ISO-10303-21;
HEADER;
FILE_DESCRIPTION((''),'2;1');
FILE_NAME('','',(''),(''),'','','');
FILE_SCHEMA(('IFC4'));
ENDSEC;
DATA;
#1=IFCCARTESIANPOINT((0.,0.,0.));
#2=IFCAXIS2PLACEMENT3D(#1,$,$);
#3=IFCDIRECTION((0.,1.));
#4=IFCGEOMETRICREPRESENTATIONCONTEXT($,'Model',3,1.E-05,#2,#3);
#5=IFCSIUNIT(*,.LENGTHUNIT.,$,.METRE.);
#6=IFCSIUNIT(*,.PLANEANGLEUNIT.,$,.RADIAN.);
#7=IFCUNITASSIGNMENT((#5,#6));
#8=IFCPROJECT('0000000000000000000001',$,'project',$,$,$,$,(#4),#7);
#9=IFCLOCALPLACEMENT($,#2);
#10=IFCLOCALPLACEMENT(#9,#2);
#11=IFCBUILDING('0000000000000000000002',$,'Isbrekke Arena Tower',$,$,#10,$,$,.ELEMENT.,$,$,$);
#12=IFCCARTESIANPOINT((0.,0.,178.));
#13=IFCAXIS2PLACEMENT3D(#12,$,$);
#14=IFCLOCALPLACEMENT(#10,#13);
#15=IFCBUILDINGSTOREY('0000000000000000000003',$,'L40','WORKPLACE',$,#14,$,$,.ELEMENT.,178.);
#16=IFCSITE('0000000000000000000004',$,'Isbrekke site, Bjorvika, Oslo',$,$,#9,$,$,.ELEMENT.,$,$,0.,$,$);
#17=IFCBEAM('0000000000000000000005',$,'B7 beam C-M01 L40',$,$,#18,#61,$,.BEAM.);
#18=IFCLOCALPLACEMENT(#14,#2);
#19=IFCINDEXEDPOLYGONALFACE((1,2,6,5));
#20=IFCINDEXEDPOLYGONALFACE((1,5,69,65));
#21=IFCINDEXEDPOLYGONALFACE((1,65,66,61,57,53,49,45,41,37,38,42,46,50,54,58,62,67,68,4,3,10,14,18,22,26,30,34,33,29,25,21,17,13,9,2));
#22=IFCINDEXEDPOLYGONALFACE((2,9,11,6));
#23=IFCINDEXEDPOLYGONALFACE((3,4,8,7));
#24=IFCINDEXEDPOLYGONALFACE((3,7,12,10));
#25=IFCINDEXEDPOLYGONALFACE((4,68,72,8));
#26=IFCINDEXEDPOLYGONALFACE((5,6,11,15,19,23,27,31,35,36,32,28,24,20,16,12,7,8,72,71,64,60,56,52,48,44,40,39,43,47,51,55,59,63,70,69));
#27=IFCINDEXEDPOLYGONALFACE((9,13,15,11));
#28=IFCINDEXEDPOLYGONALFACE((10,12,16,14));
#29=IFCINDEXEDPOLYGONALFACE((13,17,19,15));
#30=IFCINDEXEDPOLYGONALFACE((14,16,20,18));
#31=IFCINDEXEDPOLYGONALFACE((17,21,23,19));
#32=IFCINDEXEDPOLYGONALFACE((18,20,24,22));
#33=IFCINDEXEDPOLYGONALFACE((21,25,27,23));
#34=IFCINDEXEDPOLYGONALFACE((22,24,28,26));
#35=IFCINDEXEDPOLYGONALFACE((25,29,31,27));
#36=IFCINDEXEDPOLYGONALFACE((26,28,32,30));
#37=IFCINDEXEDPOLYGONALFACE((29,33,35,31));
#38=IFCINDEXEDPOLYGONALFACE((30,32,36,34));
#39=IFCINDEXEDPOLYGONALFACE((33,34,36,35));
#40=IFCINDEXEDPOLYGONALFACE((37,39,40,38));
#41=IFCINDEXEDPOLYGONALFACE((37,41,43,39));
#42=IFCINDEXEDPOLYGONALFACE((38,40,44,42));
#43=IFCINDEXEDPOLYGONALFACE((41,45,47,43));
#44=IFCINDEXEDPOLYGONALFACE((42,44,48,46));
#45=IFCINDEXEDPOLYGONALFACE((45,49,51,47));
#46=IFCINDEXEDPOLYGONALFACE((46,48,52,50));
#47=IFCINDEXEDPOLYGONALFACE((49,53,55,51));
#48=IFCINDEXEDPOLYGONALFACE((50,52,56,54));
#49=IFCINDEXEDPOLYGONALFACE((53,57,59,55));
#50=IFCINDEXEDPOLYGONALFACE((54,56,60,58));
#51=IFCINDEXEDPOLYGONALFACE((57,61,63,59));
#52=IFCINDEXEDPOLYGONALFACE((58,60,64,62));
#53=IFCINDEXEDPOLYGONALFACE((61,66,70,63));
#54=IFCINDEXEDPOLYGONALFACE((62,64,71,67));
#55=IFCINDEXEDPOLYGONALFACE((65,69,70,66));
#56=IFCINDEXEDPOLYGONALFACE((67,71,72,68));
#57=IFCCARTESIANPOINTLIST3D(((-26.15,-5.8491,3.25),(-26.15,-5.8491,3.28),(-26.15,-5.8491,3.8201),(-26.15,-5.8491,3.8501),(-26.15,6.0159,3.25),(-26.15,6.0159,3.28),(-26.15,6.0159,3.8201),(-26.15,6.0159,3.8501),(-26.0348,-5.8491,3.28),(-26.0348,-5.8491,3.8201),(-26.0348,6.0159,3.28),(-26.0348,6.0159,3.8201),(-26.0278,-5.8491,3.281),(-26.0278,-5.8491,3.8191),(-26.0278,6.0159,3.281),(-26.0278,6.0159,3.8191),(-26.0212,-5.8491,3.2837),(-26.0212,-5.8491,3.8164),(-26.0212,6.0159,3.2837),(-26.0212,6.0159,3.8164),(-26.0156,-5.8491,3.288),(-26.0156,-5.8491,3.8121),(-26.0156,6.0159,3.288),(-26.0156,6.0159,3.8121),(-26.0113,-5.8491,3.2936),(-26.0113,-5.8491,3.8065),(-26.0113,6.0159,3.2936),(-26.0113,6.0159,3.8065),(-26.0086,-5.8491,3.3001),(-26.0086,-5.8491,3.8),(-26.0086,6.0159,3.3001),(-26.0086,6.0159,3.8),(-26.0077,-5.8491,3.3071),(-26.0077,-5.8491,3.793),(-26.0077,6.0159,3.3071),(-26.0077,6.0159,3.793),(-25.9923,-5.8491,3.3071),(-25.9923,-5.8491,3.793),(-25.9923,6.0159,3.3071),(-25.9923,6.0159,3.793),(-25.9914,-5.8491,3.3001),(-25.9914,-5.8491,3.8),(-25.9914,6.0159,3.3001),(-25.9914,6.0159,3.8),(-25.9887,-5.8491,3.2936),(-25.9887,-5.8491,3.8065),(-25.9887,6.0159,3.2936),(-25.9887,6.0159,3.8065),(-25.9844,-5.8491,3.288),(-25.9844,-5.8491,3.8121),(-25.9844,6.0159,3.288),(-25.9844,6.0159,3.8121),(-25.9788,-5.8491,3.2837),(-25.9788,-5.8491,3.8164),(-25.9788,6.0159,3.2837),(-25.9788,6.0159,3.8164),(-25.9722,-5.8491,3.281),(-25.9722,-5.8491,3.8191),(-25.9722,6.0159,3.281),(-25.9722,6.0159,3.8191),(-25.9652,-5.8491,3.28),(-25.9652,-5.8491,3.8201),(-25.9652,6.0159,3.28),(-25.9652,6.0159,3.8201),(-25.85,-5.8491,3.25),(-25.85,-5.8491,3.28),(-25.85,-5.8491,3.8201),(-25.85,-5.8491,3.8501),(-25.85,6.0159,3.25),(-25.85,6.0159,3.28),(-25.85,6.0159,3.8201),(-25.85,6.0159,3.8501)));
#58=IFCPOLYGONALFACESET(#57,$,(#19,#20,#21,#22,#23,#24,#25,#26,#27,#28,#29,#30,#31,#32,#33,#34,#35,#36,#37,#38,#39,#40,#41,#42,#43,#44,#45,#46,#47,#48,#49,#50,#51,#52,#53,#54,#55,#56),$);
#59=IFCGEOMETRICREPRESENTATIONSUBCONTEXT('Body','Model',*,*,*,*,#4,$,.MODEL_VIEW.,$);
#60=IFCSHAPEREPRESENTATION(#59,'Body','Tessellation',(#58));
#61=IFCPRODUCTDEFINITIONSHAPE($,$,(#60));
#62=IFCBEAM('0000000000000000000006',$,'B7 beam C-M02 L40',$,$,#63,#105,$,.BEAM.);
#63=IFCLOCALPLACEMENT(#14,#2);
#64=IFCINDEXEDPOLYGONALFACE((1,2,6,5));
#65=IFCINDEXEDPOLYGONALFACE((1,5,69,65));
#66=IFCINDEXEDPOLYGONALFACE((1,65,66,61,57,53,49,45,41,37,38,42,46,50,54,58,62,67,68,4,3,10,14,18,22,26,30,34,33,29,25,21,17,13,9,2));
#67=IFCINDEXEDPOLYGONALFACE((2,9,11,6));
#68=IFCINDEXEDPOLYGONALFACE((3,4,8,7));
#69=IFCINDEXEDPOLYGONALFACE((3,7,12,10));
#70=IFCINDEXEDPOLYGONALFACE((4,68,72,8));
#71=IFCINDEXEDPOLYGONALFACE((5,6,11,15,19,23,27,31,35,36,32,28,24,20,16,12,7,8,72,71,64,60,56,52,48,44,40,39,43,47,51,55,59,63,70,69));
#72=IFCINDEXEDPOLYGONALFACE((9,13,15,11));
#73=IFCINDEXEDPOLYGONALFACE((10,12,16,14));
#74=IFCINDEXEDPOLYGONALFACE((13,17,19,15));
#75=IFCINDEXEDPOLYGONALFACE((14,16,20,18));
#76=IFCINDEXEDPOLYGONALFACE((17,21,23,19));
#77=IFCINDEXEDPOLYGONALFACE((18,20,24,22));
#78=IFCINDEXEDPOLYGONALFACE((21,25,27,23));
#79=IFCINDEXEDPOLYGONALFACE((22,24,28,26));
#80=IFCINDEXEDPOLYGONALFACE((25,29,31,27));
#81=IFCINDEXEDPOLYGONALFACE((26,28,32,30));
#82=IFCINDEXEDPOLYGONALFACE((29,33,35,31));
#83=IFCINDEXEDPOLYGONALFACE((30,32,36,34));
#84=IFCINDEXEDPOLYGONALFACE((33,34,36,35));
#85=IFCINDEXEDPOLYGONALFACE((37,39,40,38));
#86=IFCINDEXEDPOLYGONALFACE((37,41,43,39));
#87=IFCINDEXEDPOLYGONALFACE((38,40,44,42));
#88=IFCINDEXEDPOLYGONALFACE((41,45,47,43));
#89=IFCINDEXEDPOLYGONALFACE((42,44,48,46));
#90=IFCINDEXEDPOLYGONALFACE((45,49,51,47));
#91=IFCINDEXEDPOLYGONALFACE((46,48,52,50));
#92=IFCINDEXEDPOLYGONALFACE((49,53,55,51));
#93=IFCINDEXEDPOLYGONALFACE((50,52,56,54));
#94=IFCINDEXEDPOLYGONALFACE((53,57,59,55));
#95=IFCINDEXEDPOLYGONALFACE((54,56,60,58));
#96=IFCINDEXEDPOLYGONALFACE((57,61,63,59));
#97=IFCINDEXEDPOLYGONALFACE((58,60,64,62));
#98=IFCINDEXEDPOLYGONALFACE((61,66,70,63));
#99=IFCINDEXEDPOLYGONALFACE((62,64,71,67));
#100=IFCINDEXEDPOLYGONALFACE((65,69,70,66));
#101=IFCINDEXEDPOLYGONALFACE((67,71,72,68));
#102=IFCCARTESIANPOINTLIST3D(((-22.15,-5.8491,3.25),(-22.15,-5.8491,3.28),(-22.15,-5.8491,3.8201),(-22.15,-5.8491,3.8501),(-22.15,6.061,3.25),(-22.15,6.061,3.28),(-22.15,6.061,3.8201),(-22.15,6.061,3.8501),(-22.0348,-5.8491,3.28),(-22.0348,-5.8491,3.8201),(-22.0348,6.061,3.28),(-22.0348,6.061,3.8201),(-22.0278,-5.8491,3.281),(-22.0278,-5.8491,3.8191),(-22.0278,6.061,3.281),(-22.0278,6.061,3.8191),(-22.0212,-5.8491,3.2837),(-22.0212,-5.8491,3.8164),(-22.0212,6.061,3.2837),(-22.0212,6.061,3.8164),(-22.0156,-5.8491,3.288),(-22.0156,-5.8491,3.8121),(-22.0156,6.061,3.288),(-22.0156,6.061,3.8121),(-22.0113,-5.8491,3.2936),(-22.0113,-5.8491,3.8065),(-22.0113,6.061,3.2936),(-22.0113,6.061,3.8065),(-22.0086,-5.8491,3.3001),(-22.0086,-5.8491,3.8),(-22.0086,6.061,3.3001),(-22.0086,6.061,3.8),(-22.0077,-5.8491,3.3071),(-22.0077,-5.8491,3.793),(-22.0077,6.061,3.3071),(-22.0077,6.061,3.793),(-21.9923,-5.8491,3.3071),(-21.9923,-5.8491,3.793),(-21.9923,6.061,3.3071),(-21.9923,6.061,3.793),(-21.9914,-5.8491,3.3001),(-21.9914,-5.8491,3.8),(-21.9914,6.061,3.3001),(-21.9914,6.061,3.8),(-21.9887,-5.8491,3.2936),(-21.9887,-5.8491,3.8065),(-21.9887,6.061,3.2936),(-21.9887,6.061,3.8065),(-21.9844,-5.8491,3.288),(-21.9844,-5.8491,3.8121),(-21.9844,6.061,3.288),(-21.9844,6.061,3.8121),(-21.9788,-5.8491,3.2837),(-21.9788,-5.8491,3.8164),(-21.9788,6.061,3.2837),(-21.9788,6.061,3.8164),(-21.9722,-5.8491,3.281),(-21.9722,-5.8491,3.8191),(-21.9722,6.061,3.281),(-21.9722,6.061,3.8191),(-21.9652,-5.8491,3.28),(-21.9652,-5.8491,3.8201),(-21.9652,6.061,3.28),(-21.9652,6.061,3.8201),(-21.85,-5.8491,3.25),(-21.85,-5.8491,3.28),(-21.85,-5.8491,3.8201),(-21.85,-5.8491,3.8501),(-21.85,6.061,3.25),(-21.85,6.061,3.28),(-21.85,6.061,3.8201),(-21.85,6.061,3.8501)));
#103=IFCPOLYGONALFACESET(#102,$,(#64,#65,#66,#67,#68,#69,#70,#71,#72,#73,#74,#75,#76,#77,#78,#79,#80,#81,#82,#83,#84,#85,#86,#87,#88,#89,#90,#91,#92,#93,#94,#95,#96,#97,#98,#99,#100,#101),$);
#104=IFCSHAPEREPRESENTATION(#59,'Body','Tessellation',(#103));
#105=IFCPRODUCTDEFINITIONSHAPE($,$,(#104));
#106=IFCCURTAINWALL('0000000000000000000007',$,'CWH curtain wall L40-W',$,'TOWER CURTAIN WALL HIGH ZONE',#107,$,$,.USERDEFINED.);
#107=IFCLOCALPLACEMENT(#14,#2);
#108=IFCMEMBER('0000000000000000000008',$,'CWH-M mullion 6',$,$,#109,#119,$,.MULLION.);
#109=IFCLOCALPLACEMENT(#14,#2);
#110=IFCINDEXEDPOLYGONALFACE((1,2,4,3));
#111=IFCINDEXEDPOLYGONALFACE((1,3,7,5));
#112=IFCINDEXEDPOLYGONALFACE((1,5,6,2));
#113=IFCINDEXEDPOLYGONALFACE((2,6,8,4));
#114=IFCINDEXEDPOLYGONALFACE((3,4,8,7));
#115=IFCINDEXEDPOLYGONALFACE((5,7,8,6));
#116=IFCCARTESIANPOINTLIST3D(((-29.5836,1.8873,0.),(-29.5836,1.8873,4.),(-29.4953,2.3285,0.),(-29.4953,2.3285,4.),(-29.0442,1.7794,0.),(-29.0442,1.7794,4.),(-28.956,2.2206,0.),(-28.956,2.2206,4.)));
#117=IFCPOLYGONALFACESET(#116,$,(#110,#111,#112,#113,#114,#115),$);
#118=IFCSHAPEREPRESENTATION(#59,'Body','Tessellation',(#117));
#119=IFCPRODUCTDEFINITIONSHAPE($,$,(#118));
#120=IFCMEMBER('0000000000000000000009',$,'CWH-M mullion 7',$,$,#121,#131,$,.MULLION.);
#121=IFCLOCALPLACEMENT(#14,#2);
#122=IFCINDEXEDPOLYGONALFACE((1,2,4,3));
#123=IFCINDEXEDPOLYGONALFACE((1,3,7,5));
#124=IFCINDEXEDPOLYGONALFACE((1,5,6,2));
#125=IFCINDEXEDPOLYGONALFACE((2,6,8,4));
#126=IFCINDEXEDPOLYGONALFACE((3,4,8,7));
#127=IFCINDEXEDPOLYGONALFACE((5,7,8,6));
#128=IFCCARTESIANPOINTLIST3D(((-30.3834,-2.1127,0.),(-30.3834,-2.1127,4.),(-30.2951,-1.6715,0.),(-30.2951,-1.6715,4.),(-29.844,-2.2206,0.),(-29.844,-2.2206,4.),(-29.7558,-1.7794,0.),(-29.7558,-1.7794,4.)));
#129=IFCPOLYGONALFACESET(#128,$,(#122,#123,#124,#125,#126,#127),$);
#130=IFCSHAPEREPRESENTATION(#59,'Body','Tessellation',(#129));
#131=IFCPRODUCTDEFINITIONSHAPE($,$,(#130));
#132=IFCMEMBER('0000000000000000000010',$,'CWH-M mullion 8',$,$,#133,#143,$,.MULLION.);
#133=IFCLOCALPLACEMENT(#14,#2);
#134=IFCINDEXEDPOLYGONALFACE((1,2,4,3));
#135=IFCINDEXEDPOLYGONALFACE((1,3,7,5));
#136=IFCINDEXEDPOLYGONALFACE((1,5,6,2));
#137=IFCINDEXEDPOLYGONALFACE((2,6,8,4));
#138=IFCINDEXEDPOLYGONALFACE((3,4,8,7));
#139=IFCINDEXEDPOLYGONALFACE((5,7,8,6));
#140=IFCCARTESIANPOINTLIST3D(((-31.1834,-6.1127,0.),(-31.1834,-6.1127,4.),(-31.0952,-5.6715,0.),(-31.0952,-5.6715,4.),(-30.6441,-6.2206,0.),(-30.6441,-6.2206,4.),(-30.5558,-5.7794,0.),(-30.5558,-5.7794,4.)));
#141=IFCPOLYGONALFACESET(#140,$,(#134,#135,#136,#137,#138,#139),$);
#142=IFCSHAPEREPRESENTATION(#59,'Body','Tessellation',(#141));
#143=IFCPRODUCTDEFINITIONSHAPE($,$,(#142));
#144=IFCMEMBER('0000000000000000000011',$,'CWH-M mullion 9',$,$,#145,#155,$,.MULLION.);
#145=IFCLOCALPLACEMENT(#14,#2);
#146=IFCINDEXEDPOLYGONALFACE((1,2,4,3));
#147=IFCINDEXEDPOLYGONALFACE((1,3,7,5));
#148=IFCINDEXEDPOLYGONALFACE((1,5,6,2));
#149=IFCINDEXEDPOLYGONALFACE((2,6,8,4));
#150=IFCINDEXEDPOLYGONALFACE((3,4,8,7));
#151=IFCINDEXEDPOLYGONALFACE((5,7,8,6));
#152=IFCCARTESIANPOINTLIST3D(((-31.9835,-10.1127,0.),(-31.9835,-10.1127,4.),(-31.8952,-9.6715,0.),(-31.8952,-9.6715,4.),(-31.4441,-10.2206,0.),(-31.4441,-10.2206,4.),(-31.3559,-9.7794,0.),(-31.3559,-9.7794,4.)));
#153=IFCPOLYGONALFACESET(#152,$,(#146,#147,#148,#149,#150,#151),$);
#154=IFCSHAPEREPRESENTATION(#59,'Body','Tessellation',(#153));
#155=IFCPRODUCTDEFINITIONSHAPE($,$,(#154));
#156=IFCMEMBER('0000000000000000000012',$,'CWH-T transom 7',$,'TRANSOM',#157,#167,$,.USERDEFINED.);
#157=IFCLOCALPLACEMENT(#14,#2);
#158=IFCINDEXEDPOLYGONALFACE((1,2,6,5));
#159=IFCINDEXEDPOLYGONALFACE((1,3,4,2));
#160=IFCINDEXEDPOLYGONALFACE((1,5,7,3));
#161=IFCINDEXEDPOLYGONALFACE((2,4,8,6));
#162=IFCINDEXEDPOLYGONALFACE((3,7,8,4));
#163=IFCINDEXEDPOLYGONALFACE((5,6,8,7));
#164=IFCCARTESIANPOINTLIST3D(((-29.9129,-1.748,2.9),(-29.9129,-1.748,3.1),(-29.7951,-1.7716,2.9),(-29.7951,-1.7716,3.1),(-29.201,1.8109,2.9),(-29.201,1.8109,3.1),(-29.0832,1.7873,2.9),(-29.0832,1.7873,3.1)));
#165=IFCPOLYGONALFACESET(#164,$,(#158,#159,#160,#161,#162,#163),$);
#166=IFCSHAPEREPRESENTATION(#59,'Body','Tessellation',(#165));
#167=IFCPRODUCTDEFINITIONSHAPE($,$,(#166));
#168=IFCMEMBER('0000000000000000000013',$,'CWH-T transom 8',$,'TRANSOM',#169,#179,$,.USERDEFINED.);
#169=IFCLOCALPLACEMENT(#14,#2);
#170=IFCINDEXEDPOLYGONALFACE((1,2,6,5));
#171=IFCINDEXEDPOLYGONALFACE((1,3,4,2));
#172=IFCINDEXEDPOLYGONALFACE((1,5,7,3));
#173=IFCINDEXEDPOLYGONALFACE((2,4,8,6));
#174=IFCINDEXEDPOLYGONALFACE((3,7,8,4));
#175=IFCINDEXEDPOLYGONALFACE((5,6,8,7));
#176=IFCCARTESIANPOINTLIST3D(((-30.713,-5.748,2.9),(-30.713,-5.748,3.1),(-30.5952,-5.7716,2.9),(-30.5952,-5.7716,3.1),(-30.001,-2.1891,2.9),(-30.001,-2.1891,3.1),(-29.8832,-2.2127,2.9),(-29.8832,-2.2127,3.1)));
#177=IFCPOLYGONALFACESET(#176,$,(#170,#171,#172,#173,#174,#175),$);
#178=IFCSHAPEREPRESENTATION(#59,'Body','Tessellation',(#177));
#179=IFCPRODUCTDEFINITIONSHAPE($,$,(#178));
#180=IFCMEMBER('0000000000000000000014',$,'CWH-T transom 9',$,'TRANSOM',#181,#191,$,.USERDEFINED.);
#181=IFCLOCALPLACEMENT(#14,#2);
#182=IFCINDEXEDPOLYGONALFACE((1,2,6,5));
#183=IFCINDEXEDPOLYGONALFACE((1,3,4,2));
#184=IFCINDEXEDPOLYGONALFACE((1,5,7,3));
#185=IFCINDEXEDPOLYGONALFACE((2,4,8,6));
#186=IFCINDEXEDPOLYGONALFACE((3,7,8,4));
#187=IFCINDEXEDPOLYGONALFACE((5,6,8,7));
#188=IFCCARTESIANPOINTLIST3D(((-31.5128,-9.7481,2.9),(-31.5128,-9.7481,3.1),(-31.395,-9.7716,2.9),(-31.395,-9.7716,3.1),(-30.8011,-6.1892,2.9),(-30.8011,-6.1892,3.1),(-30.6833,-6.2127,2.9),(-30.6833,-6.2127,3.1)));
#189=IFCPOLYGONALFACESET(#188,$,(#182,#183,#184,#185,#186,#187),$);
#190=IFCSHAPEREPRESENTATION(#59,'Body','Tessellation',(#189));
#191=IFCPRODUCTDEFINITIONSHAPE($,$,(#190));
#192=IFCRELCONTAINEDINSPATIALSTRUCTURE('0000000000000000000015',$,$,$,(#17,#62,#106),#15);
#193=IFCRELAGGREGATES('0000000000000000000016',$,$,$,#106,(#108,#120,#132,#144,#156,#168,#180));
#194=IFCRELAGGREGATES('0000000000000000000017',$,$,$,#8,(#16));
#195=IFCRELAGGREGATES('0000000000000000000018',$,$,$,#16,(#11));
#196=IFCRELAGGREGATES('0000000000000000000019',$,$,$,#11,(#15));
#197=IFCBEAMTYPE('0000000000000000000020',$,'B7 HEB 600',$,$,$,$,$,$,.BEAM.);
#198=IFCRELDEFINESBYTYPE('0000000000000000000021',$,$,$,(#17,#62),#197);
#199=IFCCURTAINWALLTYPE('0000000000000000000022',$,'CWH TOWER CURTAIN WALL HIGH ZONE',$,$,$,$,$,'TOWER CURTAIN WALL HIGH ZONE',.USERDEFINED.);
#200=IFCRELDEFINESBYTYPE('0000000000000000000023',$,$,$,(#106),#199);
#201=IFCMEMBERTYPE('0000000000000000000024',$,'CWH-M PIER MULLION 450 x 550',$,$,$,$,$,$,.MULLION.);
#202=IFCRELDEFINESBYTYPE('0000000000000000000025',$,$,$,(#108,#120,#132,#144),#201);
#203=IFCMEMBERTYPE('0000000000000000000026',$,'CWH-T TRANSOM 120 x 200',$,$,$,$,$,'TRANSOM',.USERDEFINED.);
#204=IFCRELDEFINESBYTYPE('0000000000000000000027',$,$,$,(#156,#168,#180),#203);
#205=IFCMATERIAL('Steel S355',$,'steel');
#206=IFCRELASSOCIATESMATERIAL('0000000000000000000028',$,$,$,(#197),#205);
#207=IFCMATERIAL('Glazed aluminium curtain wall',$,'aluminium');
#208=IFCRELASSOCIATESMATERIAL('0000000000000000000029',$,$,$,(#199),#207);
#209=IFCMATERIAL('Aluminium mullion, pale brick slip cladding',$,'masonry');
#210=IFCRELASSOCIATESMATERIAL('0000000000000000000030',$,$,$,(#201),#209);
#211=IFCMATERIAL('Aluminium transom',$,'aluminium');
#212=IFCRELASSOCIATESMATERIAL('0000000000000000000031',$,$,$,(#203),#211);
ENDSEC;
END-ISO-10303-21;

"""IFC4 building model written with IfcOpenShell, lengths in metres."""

from ifc_helpers import new_model, si_unit, direction, frame, origin, origin_2d, place, context, subcontext, project, spatial, rectangle, i_section, extrude, material, material_profile, profile_set, type_object, element, aggregate, save


model = new_model("IFC4")

# Units and contexts
model_context = context("Model", 3, precision=1e-05, world=origin(), true_north=direction((0.0, 1.0)))
body_context = subcontext(model_context, "Body", "Model", "MODEL_VIEW")
ifc_project = project(units=[si_unit("LENGTHUNIT", "METRE"), si_unit("PLANEANGLEUNIT", "RADIAN")], contexts=[model_context])

# Site, building, storey
site_placement = place(None, origin())
site = spatial("IfcSite", under=ifc_project, at=site_placement, Name="Isbrekke site, Bjorvika, Oslo", CompositionType="ELEMENT", RefElevation=0.0)
building_placement = place(site_placement, origin())
building = spatial("IfcBuilding", under=site, at=building_placement, Name="Isbrekke Arena Tower", CompositionType="ELEMENT")
storey_placement = place(building_placement, frame((0.0, 0.0, 178.0)))
storey = spatial("IfcBuildingStorey", under=building, at=storey_placement, Name="L40", Description="WORKPLACE", CompositionType="ELEMENT", Elevation=178.0)

# Beams
ifc_material_1 = material(Name="Steel S355", Category="steel")
ifc_material_profile_1 = material_profile(ifc_material_1, i_section(OverallWidth=0.3, OverallDepth=0.6001, WebThickness=0.0154, FlangeThickness=0.03, FilletRadius=0.0271, at=origin_2d()), Name="HEB 600")
ifc_profile_set_1 = profile_set([ifc_material_profile_1], Name="Steel S355")
beam_type_1 = type_object("IfcBeamType", Name="B7 HEB 600", PredefinedType="BEAM", material=ifc_profile_set_1)
beam_1_placement = place(storey_placement, frame((-26.0, -5.8491, 3.55), z_axis=(0.0, 1.0, 0.0), x_axis=(-1.0, 0.0, 0.0)))
element("IfcBeam", 1, at=beam_1_placement, inside=storey, type_object=beam_type_1, Name="B7 beam C-M01 L40", PredefinedType="BEAM", context=body_context, shape_type="SweptSolid", body=[
    extrude(i_section(OverallWidth=0.3, OverallDepth=0.6001, WebThickness=0.0154, FlangeThickness=0.03, FilletRadius=0.0271, at=origin_2d()), origin(), (0.0, 0.0, 1.0), 11.865),
])
beam_2_placement = place(storey_placement, frame((-22.0, -5.8491, 3.55), z_axis=(0.0, 1.0, 0.0), x_axis=(-1.0, 0.0, 0.0)))
element("IfcBeam", 2, at=beam_2_placement, inside=storey, type_object=beam_type_1, Name="B7 beam C-M02 L40", PredefinedType="BEAM", context=body_context, shape_type="SweptSolid", body=[
    extrude(i_section(OverallWidth=0.3, OverallDepth=0.6001, WebThickness=0.0154, FlangeThickness=0.03, FilletRadius=0.0271, at=origin_2d()), origin(), (0.0, 0.0, 1.0), 11.9102),
])

# Curtain wall, members
ifc_material_2 = material(Name="Glazed aluminium curtain wall", Category="aluminium")
curtain_wall_type = type_object("IfcCurtainWallType", Name="CWH TOWER CURTAIN WALL HIGH ZONE", ElementType="TOWER CURTAIN WALL HIGH ZONE", PredefinedType="USERDEFINED", material=ifc_material_2)
curtain_wall_placement = place(storey_placement, origin())
curtain_wall = element("IfcCurtainWall", 3, at=curtain_wall_placement, inside=storey, type_object=curtain_wall_type, Name="CWH curtain wall L40-W", ObjectType="TOWER CURTAIN WALL HIGH ZONE", PredefinedType="USERDEFINED")
ifc_material_3 = material(Name="Aluminium mullion, pale brick slip cladding", Category="masonry")
ifc_material_profile_2 = material_profile(ifc_material_3, rectangle(XDim=0.45, YDim=0.55, at=origin_2d()), Name="PIER 450X550")
ifc_profile_set_2 = profile_set([ifc_material_profile_2], Name="Aluminium mullion, pale brick slip cladding")
member_type_1 = type_object("IfcMemberType", Name="CWH-M PIER MULLION 450 x 550", PredefinedType="MULLION", material=ifc_profile_set_2)
member_1_placement = place(storey_placement, frame((-29.2698, 2.054, 0.0), z_axis=(0.0, 0.0, 1.0), x_axis=(-0.196116, -0.980581, 0.0)))
member_1 = element("IfcMember", 4, at=member_1_placement, type_object=member_type_1, Name="CWH-M mullion 6", PredefinedType="MULLION", context=body_context, shape_type="SweptSolid", body=[
    extrude(rectangle(XDim=0.45, YDim=0.55, at=origin_2d()), origin(), (0.0, 0.0, 1.0), 4.0),
])
member_2_placement = place(storey_placement, frame((-30.0696, -1.946, 0.0), z_axis=(0.0, 0.0, 1.0), x_axis=(-0.196116, -0.980581, 0.0)))
member_2 = element("IfcMember", 5, at=member_2_placement, type_object=member_type_1, Name="CWH-M mullion 7", PredefinedType="MULLION", context=body_context, shape_type="SweptSolid", body=[
    extrude(rectangle(XDim=0.45, YDim=0.55, at=origin_2d()), origin(), (0.0, 0.0, 1.0), 4.0),
])
member_3_placement = place(storey_placement, frame((-30.8696, -5.946, 0.0), z_axis=(0.0, 0.0, 1.0), x_axis=(-0.196116, -0.980581, 0.0)))
member_3 = element("IfcMember", 6, at=member_3_placement, type_object=member_type_1, Name="CWH-M mullion 8", PredefinedType="MULLION", context=body_context, shape_type="SweptSolid", body=[
    extrude(rectangle(XDim=0.45, YDim=0.55, at=origin_2d()), origin(), (0.0, 0.0, 1.0), 4.0),
])
member_4_placement = place(storey_placement, frame((-31.6697, -9.946, 0.0), z_axis=(0.0, 0.0, 1.0), x_axis=(-0.196116, -0.980581, 0.0)))
member_4 = element("IfcMember", 7, at=member_4_placement, type_object=member_type_1, Name="CWH-M mullion 9", PredefinedType="MULLION", context=body_context, shape_type="SweptSolid", body=[
    extrude(rectangle(XDim=0.45, YDim=0.55, at=origin_2d()), origin(), (0.0, 0.0, 1.0), 4.0),
])
ifc_material_4 = material(Name="Aluminium transom", Category="aluminium")
ifc_material_profile_3 = material_profile(ifc_material_4, rectangle(XDim=0.1201, YDim=0.2, at=origin_2d()), Name="TRANSOM 120X200")
ifc_profile_set_3 = profile_set([ifc_material_profile_3], Name="Aluminium transom")
member_type_2 = type_object("IfcMemberType", Name="CWH-T TRANSOM 120 x 200", ElementType="TRANSOM", PredefinedType="USERDEFINED", material=ifc_profile_set_3)
member_5_placement = place(storey_placement, frame((-29.1421, 1.7991, 3.0), z_axis=(-0.196155, -0.980573, 0.0), x_axis=(0.980573, -0.196155, 0.0)))
member_5 = element("IfcMember", 8, at=member_5_placement, type_object=member_type_2, Name="CWH-T transom 7", ObjectType="TRANSOM", PredefinedType="USERDEFINED", context=body_context, shape_type="SweptSolid", body=[
    extrude(rectangle(XDim=0.1201, YDim=0.2, at=origin_2d()), origin(), (0.0, 0.0, 1.0), 3.6294),
])
member_6_placement = place(storey_placement, frame((-29.9421, -2.2009, 3.0), z_axis=(-0.196155, -0.980573, 0.0), x_axis=(0.980573, -0.196155, 0.0)))
member_6 = element("IfcMember", 9, at=member_6_placement, type_object=member_type_2, Name="CWH-T transom 8", ObjectType="TRANSOM", PredefinedType="USERDEFINED", context=body_context, shape_type="SweptSolid", body=[
    extrude(rectangle(XDim=0.1201, YDim=0.2, at=origin_2d()), origin(), (0.0, 0.0, 1.0), 3.6294),
])
member_7_placement = place(storey_placement, frame((-30.7422, -6.2009, 3.0), z_axis=(-0.19609, -0.980586, 0.0), x_axis=(0.980586, -0.19609, 0.0)))
member_7 = element("IfcMember", 10, at=member_7_placement, type_object=member_type_2, Name="CWH-T transom 9", ObjectType="TRANSOM", PredefinedType="USERDEFINED", context=body_context, shape_type="SweptSolid", body=[
    extrude(rectangle(XDim=0.1201, YDim=0.2, at=origin_2d()), origin(), (0.0, 0.0, 1.0), 3.6294),
])

aggregate(curtain_wall, [member_1, member_2, member_3, member_4, member_5, member_6, member_7])

save(model, "model.ifc")
